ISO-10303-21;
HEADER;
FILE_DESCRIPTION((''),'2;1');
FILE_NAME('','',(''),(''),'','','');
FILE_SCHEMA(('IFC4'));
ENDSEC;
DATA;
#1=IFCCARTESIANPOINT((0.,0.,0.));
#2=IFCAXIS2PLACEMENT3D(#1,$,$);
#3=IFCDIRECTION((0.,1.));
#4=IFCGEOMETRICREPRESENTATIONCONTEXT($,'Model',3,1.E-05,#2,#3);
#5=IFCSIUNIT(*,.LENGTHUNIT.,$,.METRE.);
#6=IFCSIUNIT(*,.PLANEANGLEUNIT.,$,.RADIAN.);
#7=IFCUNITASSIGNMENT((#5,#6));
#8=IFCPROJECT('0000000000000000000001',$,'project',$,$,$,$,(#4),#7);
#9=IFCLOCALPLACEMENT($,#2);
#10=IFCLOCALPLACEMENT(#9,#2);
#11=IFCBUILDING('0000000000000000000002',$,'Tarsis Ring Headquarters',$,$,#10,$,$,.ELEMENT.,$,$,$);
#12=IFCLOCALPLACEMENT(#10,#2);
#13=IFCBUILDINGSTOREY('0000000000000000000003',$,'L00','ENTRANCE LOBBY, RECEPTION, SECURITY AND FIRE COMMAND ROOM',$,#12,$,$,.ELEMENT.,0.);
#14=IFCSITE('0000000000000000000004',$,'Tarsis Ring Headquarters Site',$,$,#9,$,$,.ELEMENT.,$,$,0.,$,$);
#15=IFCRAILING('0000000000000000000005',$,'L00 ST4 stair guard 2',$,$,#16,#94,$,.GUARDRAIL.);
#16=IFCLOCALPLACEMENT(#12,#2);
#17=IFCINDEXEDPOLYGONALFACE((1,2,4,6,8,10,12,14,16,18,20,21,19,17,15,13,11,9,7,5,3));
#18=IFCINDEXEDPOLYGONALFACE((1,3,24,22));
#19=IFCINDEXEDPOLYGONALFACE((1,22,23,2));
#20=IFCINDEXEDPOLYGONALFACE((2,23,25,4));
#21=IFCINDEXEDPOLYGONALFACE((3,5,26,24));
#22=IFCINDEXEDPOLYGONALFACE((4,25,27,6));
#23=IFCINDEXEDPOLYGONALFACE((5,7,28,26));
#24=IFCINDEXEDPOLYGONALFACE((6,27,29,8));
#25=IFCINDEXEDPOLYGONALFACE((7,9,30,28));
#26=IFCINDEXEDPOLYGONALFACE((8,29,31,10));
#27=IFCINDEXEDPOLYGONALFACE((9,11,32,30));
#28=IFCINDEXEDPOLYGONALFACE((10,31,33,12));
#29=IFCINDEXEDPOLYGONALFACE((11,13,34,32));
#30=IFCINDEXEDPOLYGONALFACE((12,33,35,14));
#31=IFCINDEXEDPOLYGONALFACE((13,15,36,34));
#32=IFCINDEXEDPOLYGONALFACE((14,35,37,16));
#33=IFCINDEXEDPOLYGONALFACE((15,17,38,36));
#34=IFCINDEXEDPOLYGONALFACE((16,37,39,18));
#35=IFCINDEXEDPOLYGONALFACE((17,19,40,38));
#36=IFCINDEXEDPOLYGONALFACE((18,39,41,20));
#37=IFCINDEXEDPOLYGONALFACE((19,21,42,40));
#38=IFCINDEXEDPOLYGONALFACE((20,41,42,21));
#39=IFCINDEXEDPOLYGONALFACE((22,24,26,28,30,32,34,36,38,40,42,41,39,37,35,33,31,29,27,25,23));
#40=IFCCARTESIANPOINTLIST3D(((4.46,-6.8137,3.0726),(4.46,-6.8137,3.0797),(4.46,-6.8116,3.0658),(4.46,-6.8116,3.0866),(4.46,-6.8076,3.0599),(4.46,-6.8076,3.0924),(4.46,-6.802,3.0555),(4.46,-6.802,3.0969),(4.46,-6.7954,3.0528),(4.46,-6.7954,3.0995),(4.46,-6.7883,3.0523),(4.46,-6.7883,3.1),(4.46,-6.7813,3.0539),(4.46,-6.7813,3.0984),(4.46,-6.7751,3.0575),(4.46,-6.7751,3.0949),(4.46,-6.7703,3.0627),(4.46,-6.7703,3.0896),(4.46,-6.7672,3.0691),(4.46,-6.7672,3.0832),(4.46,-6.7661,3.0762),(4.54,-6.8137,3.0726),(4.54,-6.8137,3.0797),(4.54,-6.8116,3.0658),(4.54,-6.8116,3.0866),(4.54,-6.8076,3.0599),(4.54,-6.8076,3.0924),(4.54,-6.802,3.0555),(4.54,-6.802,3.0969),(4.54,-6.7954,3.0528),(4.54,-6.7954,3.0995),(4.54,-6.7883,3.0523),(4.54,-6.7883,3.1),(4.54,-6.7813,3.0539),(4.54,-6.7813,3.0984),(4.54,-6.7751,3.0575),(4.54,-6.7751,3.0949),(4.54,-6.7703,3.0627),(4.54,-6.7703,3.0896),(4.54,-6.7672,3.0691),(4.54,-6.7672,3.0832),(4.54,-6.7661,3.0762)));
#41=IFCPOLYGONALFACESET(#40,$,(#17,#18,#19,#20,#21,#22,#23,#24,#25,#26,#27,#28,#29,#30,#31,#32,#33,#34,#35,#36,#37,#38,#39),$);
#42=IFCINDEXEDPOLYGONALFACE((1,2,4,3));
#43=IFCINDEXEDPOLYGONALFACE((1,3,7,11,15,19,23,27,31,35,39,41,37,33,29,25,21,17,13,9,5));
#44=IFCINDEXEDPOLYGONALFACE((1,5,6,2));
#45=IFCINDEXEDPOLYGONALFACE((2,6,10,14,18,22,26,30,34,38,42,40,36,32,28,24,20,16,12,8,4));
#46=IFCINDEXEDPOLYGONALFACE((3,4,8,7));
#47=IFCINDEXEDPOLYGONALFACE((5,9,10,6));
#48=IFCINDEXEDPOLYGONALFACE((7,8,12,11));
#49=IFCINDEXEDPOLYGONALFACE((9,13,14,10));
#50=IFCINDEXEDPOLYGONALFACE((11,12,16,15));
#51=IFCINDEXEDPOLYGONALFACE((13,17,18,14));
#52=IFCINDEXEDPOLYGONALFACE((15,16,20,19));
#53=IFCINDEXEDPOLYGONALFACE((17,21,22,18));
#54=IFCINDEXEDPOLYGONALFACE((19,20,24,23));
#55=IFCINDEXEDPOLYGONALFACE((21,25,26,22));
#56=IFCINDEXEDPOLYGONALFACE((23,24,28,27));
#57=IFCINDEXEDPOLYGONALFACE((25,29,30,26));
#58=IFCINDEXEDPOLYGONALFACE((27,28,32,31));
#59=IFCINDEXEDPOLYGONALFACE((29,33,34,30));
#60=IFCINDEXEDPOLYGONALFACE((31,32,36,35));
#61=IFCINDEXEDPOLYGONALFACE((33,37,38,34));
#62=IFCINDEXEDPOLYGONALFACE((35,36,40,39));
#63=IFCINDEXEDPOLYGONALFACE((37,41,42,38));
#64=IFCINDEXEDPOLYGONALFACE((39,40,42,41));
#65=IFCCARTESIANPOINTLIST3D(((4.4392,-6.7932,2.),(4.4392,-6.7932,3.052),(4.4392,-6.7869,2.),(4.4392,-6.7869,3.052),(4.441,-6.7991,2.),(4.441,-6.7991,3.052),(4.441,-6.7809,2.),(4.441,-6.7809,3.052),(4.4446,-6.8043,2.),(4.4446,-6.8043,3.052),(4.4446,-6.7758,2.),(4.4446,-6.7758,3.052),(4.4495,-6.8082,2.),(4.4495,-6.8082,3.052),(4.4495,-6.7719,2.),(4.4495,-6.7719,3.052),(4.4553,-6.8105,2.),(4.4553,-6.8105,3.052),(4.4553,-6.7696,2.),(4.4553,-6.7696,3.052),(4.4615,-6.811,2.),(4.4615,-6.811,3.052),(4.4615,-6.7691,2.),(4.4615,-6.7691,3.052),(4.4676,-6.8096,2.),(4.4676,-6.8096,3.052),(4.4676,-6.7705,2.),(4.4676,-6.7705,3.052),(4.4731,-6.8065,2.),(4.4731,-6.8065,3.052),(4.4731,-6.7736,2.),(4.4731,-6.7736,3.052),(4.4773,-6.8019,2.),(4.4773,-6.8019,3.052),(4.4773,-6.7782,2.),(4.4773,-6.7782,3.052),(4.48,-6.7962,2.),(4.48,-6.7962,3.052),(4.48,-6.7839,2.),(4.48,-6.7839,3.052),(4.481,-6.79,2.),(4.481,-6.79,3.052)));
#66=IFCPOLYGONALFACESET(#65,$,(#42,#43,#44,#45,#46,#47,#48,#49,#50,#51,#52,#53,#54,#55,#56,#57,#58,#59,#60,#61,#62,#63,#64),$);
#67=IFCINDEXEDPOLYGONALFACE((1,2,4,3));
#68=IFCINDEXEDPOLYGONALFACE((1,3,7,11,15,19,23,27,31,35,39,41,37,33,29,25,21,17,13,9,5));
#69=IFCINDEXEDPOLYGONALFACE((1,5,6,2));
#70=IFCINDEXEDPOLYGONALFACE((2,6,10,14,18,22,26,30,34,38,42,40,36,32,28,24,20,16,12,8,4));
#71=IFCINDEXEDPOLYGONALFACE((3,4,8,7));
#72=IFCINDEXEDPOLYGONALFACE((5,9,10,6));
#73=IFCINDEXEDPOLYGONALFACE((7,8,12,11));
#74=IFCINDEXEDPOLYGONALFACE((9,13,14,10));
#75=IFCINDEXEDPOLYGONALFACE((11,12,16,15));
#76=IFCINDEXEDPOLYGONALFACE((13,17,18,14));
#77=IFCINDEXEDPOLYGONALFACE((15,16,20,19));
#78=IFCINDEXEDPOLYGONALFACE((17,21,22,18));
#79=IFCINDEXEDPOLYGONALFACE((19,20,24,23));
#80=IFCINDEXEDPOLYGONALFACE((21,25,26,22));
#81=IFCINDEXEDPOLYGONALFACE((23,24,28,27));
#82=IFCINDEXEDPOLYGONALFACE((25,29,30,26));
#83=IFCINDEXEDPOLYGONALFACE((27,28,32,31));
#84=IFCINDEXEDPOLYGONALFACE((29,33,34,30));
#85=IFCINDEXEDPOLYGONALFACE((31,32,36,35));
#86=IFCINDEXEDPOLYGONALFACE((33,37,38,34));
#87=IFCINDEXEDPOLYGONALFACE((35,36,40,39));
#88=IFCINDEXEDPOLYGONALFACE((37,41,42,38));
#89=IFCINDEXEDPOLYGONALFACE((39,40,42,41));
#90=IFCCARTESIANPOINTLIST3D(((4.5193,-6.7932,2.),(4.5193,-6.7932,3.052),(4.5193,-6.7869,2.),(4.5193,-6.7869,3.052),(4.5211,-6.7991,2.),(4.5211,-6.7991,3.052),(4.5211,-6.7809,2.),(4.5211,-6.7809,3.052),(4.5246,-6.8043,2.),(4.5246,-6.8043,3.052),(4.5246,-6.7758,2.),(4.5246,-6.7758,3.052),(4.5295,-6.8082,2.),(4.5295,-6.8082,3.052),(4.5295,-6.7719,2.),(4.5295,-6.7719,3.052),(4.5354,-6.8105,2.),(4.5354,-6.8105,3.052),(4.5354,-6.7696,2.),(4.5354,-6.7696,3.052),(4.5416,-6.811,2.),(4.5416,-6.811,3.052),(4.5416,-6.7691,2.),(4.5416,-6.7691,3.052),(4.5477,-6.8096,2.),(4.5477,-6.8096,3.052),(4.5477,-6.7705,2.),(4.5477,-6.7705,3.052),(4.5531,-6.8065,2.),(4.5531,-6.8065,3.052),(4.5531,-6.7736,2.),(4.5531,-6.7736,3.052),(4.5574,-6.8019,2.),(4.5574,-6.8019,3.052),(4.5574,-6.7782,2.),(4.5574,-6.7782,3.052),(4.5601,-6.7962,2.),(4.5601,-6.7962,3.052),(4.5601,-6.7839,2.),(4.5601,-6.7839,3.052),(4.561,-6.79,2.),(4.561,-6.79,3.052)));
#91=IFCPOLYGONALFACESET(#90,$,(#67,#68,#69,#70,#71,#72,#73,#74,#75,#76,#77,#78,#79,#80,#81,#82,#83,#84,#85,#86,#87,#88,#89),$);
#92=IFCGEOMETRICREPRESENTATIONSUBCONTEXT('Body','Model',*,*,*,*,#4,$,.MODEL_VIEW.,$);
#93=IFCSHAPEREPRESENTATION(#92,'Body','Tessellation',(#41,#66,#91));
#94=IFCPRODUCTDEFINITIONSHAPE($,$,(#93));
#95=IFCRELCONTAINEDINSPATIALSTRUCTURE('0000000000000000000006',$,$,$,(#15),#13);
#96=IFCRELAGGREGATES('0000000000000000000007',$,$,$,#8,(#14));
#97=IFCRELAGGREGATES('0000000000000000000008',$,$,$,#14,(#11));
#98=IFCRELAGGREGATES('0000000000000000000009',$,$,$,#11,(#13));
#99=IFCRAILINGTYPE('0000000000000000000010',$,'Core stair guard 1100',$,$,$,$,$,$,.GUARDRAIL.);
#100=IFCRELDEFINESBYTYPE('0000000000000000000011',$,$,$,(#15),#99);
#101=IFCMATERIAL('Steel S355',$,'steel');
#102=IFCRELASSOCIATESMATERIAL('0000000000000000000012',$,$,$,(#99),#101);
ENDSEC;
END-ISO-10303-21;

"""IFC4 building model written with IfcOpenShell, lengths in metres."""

from ifc_helpers import new_model, si_unit, direction, frame, origin, origin_2d, place, context, subcontext, project, spatial, circle, extrude, material, type_object, element, save


model = new_model("IFC4")

# Units and contexts
model_context = context("Model", 3, precision=1e-05, world=origin(), true_north=direction((0.0, 1.0)))
body_context = subcontext(model_context, "Body", "Model", "MODEL_VIEW")
ifc_project = project(units=[si_unit("LENGTHUNIT", "METRE"), si_unit("PLANEANGLEUNIT", "RADIAN")], contexts=[model_context])

# Site, building, storey
site_placement = place(None, origin())
site = spatial("IfcSite", under=ifc_project, at=site_placement, Name="Tarsis Ring Headquarters Site", CompositionType="ELEMENT", RefElevation=0.0)
building_placement = place(site_placement, origin())
building = spatial("IfcBuilding", under=site, at=building_placement, Name="Tarsis Ring Headquarters", CompositionType="ELEMENT")
storey_placement = place(building_placement, origin())
storey = spatial("IfcBuildingStorey", under=building, at=storey_placement, Name="L00", Description="ENTRANCE LOBBY, RECEPTION, SECURITY AND FIRE COMMAND ROOM", CompositionType="ELEMENT", Elevation=0.0)

# Railing
ifc_material_1 = material(Name="Steel S355", Category="steel")
railing_type_1 = type_object("IfcRailingType", Name="Core stair guard 1100", PredefinedType="GUARDRAIL", material=ifc_material_1)
railing_1_placement = place(storey_placement, frame((4.46, -6.79, 2.0)))
element("IfcRailing", 1, at=railing_1_placement, inside=storey, type_object=railing_type_1, Name="L00 ST4 stair guard 2", PredefinedType="GUARDRAIL", context=body_context, shape_type="SweptSolid", body=[
    extrude(circle(Radius=0.0239, at=origin_2d()), frame((0.0, 0.0, 1.0762), z_axis=(1.0, 0.0, 0.0), x_axis=(0.0, 1.0, 0.0)), (0.0, 0.0, 1.0), 0.0801),
    extrude(circle(Radius=0.021, at=origin_2d()), origin(), (0.0, 0.0, 1.0), 1.052),
    extrude(circle(Radius=0.021, at=origin_2d()), frame((0.0801, 0.0, 0.0)), (0.0, 0.0, 1.0), 1.052),
])

save(model, "model.ifc")
